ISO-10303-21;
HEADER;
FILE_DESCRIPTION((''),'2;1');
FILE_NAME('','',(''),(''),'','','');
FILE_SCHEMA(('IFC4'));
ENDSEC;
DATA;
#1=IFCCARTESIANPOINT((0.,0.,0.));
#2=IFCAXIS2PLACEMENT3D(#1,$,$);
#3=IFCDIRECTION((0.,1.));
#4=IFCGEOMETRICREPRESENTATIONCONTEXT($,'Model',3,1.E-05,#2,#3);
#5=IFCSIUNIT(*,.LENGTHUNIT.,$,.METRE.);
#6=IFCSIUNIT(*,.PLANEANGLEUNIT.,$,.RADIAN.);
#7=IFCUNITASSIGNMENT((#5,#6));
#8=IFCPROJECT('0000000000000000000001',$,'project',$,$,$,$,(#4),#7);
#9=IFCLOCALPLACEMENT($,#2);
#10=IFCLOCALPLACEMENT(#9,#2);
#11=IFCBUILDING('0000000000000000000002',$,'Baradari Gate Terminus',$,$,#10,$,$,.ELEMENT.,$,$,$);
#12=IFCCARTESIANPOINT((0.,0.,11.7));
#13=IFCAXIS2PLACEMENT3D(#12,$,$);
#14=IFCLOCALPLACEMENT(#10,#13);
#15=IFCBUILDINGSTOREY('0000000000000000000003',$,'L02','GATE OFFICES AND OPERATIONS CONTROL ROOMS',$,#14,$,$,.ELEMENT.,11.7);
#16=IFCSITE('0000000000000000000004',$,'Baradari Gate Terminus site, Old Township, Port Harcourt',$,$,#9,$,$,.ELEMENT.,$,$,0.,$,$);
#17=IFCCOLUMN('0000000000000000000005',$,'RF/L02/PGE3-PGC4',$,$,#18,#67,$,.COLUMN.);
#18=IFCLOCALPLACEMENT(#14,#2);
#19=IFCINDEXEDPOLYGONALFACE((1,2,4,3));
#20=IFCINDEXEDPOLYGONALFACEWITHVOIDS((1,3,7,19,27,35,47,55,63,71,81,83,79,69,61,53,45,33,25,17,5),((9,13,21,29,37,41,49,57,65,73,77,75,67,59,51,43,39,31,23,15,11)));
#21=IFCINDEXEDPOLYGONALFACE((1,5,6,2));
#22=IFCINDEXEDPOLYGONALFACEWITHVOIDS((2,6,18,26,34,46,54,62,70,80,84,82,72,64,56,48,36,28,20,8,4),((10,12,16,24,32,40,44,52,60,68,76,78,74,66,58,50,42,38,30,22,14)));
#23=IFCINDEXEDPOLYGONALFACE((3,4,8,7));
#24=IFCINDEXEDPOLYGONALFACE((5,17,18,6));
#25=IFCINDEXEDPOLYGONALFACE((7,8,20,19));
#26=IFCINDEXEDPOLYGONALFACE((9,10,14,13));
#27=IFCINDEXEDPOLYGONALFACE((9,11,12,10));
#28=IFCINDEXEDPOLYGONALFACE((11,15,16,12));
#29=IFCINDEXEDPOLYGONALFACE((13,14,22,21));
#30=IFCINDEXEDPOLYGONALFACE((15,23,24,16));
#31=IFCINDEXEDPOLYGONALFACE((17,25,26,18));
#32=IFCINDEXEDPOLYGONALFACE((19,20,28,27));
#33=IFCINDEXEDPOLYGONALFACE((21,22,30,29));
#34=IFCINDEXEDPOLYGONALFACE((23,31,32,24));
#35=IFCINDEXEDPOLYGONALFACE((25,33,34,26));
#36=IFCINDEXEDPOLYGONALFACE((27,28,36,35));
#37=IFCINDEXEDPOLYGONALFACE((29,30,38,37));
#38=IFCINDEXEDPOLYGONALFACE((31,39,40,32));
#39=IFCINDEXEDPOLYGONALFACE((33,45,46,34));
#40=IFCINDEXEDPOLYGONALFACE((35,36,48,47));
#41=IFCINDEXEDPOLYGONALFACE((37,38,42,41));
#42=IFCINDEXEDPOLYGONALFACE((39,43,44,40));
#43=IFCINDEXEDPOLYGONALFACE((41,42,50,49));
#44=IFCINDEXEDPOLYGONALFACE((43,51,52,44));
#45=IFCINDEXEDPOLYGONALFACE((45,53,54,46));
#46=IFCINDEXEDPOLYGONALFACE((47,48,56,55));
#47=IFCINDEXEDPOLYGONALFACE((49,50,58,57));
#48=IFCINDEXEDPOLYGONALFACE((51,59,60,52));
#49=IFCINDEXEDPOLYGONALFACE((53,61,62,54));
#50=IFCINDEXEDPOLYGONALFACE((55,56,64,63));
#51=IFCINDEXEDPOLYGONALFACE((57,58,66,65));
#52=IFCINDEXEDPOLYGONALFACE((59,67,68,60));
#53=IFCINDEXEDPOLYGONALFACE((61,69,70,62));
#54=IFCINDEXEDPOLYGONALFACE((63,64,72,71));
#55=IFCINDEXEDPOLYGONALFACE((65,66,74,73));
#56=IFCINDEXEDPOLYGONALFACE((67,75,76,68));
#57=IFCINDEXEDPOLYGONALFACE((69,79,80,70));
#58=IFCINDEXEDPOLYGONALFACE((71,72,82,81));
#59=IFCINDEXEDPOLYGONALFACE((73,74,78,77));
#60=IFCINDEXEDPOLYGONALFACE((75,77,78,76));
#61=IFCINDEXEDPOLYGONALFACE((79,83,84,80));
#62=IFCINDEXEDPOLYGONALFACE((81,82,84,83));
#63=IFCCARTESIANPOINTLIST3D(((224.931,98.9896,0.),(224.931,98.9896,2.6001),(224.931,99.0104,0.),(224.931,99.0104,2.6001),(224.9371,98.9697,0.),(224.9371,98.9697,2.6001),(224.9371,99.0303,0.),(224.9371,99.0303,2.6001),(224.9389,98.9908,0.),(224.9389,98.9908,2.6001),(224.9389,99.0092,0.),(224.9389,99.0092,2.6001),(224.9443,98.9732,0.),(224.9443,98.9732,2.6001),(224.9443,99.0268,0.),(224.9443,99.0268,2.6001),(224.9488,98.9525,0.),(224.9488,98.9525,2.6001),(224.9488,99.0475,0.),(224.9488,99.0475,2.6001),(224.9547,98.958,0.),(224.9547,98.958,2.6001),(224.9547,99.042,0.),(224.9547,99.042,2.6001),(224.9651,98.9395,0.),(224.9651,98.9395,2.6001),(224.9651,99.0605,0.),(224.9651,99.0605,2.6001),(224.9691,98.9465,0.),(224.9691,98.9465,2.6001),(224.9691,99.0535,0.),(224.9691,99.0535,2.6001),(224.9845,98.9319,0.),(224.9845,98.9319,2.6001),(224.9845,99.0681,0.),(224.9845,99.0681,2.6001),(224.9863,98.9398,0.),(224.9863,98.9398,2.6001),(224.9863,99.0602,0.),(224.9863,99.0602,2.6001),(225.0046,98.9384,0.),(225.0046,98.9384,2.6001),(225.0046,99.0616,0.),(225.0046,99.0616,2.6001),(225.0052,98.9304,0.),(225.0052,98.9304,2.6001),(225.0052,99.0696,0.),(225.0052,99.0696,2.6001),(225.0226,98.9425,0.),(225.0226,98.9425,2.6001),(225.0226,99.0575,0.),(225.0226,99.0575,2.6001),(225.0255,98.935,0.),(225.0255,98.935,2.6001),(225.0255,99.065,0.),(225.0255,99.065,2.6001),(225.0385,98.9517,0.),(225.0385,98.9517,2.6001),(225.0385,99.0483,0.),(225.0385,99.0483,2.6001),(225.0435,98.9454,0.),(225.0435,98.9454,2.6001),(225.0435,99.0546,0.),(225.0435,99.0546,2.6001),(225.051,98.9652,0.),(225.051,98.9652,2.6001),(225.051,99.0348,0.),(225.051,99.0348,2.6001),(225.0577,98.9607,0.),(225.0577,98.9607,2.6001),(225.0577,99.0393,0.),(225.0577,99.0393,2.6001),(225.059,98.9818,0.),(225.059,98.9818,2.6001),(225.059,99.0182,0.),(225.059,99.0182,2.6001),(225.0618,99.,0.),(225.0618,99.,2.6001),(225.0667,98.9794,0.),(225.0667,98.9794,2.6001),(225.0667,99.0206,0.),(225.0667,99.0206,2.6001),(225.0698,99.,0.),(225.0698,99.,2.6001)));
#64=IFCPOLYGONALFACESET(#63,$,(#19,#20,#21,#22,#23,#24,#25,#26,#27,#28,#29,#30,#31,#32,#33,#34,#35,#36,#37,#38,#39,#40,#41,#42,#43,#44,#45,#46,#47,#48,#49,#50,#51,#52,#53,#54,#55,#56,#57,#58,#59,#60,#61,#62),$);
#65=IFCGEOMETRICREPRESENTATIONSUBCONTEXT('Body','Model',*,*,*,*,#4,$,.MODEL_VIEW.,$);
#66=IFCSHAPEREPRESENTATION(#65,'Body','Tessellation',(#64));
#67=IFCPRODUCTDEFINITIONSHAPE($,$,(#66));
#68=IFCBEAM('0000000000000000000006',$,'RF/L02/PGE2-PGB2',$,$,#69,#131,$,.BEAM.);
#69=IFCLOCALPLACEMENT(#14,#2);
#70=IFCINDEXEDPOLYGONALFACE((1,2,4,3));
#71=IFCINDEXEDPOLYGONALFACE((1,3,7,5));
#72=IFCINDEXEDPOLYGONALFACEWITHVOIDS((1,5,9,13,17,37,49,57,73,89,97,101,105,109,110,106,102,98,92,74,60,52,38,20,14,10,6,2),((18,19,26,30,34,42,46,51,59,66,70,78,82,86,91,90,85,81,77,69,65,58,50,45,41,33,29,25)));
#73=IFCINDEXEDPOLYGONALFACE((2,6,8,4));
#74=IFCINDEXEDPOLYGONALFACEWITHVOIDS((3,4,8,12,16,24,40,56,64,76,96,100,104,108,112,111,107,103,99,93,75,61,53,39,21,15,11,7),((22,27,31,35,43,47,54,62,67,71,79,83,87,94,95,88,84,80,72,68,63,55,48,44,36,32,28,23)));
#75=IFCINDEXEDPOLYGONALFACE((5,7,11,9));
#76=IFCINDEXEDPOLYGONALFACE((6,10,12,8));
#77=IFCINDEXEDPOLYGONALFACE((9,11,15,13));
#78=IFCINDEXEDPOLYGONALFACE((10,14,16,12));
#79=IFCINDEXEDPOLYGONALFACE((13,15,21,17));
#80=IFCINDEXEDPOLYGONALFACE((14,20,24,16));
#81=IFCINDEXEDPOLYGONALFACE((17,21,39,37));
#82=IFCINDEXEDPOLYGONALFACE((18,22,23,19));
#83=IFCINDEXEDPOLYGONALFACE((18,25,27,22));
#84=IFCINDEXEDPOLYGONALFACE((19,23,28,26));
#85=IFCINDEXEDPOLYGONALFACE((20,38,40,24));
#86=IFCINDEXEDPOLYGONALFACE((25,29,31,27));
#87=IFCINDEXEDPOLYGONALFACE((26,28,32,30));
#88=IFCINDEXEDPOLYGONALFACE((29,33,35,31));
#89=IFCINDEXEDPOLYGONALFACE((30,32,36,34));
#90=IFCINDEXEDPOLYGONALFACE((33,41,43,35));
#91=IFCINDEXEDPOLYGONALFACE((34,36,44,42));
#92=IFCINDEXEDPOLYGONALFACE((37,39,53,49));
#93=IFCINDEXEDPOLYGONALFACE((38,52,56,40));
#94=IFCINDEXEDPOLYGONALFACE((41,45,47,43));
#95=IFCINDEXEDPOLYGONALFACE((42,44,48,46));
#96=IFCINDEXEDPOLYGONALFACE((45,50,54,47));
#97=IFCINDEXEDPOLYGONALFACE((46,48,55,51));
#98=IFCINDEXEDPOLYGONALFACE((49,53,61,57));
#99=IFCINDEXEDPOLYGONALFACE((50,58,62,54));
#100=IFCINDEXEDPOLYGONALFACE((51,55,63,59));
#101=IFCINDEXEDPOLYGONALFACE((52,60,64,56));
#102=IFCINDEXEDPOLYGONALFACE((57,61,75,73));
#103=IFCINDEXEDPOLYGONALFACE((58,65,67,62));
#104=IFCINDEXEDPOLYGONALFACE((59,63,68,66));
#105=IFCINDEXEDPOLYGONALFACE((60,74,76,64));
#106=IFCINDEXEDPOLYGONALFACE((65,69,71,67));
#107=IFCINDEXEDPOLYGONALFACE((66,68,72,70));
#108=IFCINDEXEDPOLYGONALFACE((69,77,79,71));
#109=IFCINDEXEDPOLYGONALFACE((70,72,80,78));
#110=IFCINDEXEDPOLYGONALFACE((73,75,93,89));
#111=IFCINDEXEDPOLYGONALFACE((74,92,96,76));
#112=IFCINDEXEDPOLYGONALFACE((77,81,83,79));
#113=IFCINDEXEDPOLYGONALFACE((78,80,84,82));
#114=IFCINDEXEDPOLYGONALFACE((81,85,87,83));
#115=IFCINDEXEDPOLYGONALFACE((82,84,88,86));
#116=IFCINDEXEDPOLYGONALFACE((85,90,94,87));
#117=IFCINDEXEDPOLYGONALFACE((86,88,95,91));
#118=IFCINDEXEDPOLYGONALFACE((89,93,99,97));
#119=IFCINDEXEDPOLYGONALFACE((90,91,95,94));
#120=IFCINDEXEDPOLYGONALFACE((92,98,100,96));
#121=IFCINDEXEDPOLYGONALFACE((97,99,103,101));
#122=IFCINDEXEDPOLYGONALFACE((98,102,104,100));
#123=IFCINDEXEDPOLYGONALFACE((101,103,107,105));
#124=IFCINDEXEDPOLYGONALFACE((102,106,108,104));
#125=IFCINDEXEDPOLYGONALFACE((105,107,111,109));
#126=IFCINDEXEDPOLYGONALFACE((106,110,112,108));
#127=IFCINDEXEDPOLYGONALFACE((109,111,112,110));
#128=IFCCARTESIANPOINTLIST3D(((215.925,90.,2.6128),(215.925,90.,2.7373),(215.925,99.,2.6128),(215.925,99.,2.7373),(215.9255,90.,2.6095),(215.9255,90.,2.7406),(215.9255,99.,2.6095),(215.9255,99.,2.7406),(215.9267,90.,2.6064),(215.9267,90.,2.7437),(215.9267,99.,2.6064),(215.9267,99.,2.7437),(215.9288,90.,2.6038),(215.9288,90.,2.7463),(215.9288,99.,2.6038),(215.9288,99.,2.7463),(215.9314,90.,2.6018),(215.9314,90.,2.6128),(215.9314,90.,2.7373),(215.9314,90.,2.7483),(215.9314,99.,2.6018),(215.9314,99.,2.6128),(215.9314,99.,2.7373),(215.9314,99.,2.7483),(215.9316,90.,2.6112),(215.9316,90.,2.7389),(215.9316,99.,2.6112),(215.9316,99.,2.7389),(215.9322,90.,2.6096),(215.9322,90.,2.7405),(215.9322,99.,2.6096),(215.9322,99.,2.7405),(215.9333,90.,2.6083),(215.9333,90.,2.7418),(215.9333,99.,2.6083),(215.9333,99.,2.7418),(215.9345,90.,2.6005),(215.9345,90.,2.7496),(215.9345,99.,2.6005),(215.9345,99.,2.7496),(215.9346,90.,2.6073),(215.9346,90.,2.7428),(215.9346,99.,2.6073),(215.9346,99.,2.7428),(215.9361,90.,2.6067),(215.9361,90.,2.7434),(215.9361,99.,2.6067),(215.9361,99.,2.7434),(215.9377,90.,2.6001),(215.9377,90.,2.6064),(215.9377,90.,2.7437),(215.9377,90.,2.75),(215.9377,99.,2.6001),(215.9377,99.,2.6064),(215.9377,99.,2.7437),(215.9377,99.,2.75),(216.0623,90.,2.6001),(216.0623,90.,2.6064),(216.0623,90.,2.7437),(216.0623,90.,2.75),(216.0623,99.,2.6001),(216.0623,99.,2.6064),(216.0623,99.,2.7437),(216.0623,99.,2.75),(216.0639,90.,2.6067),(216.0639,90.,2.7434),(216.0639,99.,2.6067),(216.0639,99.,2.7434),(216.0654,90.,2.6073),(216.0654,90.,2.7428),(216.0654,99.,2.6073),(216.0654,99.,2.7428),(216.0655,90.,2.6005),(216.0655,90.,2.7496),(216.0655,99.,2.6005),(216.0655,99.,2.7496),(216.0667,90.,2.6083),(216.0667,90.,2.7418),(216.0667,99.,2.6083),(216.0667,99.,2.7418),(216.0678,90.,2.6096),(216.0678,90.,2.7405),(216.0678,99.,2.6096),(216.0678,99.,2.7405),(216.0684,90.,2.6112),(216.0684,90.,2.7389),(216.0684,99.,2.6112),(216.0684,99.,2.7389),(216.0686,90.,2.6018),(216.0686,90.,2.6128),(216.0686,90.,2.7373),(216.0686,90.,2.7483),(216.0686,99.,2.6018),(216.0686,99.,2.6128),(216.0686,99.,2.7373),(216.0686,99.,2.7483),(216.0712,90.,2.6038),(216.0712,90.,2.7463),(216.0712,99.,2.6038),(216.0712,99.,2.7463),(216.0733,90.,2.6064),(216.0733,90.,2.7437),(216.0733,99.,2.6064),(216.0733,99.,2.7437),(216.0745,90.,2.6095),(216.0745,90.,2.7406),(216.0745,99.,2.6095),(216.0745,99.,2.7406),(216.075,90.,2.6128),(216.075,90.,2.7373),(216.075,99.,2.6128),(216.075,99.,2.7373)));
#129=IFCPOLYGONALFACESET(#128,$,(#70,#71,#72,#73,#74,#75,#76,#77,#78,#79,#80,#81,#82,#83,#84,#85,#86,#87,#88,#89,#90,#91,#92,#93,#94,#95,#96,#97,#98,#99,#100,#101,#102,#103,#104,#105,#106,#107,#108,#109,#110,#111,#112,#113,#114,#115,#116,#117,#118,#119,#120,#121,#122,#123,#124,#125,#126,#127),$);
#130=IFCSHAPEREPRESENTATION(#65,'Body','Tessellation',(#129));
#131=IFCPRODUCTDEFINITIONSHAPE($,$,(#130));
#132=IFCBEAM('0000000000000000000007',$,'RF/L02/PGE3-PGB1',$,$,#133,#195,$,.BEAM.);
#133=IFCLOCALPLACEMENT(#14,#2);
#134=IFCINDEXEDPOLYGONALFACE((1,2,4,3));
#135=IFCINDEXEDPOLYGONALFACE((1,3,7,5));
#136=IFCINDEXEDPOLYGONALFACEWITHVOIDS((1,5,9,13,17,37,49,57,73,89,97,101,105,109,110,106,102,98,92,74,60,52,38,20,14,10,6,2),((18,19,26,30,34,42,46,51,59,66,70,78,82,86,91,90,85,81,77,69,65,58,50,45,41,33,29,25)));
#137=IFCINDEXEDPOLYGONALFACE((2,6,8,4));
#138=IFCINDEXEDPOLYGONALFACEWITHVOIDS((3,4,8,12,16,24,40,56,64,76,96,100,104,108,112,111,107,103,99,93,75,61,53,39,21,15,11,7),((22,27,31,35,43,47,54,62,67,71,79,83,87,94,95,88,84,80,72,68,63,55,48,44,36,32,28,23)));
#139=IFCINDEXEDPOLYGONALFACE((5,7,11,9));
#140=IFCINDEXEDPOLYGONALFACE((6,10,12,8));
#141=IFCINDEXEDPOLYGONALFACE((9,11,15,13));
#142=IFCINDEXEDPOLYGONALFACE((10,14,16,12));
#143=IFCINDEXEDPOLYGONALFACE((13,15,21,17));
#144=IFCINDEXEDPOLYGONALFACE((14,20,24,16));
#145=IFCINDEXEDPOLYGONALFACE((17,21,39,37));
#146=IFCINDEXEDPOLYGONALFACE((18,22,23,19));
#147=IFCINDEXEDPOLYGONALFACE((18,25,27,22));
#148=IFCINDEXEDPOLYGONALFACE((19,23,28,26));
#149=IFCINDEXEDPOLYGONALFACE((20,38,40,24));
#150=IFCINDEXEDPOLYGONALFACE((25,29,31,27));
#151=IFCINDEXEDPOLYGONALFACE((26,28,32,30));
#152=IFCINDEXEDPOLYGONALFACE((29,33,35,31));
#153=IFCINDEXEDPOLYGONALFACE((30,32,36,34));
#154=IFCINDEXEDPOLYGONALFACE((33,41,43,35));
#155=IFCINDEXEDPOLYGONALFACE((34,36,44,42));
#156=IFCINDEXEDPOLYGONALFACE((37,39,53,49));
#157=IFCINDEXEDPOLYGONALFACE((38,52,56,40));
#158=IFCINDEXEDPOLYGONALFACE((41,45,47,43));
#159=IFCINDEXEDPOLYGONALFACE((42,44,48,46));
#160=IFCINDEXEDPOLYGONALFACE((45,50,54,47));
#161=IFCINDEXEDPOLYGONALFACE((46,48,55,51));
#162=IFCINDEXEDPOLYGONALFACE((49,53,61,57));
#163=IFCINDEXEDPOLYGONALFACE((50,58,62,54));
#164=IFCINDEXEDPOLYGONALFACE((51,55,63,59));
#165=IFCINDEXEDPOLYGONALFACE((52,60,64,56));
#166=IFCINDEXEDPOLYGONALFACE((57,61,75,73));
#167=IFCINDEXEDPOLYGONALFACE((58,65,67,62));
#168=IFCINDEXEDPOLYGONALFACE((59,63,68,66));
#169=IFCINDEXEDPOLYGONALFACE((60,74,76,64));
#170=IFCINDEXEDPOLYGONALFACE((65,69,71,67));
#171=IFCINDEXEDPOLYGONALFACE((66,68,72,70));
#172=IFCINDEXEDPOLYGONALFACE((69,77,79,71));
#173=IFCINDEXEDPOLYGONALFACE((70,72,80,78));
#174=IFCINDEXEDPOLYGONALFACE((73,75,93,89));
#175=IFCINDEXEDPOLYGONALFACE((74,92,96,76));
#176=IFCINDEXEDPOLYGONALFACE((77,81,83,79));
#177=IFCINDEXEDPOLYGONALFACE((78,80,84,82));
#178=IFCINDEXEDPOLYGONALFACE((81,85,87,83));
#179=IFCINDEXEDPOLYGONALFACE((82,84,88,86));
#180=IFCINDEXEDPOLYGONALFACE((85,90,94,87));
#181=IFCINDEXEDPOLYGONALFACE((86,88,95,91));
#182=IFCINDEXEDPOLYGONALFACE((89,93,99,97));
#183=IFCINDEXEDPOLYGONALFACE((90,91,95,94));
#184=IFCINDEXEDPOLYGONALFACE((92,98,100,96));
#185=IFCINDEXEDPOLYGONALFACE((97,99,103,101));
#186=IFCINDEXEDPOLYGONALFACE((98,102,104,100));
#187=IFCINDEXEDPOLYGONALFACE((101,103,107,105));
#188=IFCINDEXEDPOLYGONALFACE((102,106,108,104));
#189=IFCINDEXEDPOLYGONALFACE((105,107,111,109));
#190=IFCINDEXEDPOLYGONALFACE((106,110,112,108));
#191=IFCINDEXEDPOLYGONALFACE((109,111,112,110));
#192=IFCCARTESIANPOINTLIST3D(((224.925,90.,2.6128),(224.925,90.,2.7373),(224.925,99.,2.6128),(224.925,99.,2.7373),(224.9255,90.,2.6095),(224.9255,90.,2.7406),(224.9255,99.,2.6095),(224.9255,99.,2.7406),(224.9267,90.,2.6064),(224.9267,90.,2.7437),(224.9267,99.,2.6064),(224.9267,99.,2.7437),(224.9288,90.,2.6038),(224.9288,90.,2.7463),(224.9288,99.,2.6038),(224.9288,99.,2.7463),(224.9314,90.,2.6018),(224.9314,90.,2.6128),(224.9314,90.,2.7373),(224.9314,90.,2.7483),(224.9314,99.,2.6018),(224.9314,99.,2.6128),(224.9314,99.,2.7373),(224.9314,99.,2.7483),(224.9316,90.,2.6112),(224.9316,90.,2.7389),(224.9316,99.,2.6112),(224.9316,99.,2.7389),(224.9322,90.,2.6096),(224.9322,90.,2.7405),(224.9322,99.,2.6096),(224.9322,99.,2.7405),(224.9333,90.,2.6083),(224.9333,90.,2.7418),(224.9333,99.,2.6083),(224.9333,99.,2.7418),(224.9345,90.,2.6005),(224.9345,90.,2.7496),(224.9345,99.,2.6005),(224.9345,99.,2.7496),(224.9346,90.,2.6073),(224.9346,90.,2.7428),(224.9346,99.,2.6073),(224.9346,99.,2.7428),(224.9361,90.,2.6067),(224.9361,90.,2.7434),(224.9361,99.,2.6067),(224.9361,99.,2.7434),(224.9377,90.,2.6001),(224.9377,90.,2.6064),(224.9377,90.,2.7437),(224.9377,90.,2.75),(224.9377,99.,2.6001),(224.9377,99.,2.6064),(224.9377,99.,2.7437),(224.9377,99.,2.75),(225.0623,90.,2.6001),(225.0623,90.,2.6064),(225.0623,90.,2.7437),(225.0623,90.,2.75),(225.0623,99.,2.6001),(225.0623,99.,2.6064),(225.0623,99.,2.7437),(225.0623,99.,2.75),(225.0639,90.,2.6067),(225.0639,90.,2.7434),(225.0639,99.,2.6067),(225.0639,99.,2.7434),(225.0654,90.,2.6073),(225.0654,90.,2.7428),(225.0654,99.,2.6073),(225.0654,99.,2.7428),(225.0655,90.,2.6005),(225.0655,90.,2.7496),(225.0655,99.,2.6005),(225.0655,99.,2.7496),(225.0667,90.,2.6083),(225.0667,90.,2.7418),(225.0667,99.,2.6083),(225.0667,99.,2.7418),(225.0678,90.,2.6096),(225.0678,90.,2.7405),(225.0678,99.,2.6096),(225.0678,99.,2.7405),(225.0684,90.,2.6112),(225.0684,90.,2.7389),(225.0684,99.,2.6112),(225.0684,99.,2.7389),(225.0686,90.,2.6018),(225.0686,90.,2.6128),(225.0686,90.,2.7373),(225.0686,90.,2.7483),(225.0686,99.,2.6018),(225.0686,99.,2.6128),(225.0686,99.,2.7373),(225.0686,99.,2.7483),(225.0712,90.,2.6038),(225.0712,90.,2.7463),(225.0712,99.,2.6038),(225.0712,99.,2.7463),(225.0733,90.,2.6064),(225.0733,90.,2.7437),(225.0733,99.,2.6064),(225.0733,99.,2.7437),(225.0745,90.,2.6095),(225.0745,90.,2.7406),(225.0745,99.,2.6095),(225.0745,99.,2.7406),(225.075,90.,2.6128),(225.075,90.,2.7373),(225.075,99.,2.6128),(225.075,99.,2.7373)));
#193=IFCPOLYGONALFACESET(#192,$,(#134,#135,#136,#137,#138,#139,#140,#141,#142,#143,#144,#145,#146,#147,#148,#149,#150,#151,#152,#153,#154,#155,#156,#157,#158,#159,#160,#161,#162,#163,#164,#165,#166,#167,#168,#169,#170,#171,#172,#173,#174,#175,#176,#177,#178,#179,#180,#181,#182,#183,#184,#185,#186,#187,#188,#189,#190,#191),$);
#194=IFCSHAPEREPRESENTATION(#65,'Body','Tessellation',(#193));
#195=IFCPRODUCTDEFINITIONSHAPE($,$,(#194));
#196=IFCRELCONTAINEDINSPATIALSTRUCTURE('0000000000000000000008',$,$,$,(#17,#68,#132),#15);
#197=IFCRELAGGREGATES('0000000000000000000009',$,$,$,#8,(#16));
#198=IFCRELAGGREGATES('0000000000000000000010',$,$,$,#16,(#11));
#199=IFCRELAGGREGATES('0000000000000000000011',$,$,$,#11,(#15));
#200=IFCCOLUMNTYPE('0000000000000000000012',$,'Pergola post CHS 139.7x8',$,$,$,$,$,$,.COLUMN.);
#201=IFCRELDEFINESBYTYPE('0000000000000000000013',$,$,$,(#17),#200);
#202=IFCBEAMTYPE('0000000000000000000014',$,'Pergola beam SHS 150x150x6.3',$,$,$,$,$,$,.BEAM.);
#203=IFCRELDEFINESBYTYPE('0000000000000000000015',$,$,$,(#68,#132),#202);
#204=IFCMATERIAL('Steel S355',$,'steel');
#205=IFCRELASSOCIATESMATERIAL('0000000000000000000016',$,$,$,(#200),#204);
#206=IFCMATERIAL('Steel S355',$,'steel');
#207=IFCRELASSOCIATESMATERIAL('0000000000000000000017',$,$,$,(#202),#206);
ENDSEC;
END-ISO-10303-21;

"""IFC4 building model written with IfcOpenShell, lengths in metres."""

from ifc_helpers import new_model, si_unit, direction, frame, origin, origin_2d, place, context, subcontext, project, spatial, hollow_rectangle, hollow_circle, extrude, material, material_profile, profile_set, type_object, element, save


model = new_model("IFC4")

# Units and contexts
model_context = context("Model", 3, precision=1e-05, world=origin(), true_north=direction((0.0, 1.0)))
body_context = subcontext(model_context, "Body", "Model", "MODEL_VIEW")
ifc_project = project(units=[si_unit("LENGTHUNIT", "METRE"), si_unit("PLANEANGLEUNIT", "RADIAN")], contexts=[model_context])

# Site, building, storey
site_placement = place(None, origin())
site = spatial("IfcSite", under=ifc_project, at=site_placement, Name="Baradari Gate Terminus site, Old Township, Port Harcourt", CompositionType="ELEMENT", RefElevation=0.0)
building_placement = place(site_placement, origin())
building = spatial("IfcBuilding", under=site, at=building_placement, Name="Baradari Gate Terminus", CompositionType="ELEMENT")
storey_placement = place(building_placement, frame((0.0, 0.0, 11.7)))
storey = spatial("IfcBuildingStorey", under=building, at=storey_placement, Name="L02", Description="GATE OFFICES AND OPERATIONS CONTROL ROOMS", CompositionType="ELEMENT", Elevation=11.7)

# Column
ifc_material_1 = material(Name="Steel S355", Category="steel")
ifc_material_profile_1 = material_profile(ifc_material_1, hollow_circle(Radius=0.0698, WallThickness=0.0081, at=origin_2d()), Name="CHS 139.7x8")
ifc_profile_set_1 = profile_set([ifc_material_profile_1], Name="Steel S355")
column_type = type_object("IfcColumnType", Name="Pergola post CHS 139.7x8", PredefinedType="COLUMN", material=ifc_profile_set_1)
for number, where, z_axis, x_axis, name in (
    (1, (225.0, 99.0, 0.0), (0.0, 0.0, 1.0), (1.0, 0.0, 0.0), "RF/L02/PGE3-PGC4"),
):
    element("IfcColumn", number, at=place(storey_placement, frame(where, z_axis=z_axis, x_axis=x_axis)), inside=storey, type_object=column_type, Name=name, PredefinedType="COLUMN", context=body_context, shape_type="SweptSolid", body=[
        extrude(hollow_circle(Radius=0.0698, WallThickness=0.0081, at=origin_2d()), origin(), (0.0, 0.0, 1.0), 2.6001),
    ])

# Beams
ifc_material_2 = material(Name="Steel S355", Category="steel")
ifc_material_profile_2 = material_profile(ifc_material_2, hollow_rectangle(XDim=0.1499, YDim=0.1499, WallThickness=0.0063, InnerFilletRadius=0.0063, OuterFilletRadius=0.0127, at=origin_2d()), Name="SHS 150x150x6.3")
ifc_profile_set_2 = profile_set([ifc_material_profile_2], Name="Steel S355")
beam_type = type_object("IfcBeamType", Name="Pergola beam SHS 150x150x6.3", PredefinedType="BEAM", material=ifc_profile_set_2)
for number, where, z_axis, x_axis, name in (
    (2, (216.0, 90.0, 2.675), (0.0, 1.0, 0.0), (-1.0, 0.0, 0.0), "RF/L02/PGE2-PGB2"),
    (3, (225.0, 90.0, 2.675), (0.0, 1.0, 0.0), (-1.0, 0.0, 0.0), "RF/L02/PGE3-PGB1"),
):
    element("IfcBeam", number, at=place(storey_placement, frame(where, z_axis=z_axis, x_axis=x_axis)), inside=storey, type_object=beam_type, Name=name, PredefinedType="BEAM", context=body_context, shape_type="SweptSolid", body=[
        extrude(hollow_rectangle(XDim=0.1499, YDim=0.1499, WallThickness=0.0063, InnerFilletRadius=0.0063, OuterFilletRadius=0.0127, at=origin_2d()), origin(), (0.0, 0.0, 1.0), 9.0),
    ])

save(model, "model.ifc")
